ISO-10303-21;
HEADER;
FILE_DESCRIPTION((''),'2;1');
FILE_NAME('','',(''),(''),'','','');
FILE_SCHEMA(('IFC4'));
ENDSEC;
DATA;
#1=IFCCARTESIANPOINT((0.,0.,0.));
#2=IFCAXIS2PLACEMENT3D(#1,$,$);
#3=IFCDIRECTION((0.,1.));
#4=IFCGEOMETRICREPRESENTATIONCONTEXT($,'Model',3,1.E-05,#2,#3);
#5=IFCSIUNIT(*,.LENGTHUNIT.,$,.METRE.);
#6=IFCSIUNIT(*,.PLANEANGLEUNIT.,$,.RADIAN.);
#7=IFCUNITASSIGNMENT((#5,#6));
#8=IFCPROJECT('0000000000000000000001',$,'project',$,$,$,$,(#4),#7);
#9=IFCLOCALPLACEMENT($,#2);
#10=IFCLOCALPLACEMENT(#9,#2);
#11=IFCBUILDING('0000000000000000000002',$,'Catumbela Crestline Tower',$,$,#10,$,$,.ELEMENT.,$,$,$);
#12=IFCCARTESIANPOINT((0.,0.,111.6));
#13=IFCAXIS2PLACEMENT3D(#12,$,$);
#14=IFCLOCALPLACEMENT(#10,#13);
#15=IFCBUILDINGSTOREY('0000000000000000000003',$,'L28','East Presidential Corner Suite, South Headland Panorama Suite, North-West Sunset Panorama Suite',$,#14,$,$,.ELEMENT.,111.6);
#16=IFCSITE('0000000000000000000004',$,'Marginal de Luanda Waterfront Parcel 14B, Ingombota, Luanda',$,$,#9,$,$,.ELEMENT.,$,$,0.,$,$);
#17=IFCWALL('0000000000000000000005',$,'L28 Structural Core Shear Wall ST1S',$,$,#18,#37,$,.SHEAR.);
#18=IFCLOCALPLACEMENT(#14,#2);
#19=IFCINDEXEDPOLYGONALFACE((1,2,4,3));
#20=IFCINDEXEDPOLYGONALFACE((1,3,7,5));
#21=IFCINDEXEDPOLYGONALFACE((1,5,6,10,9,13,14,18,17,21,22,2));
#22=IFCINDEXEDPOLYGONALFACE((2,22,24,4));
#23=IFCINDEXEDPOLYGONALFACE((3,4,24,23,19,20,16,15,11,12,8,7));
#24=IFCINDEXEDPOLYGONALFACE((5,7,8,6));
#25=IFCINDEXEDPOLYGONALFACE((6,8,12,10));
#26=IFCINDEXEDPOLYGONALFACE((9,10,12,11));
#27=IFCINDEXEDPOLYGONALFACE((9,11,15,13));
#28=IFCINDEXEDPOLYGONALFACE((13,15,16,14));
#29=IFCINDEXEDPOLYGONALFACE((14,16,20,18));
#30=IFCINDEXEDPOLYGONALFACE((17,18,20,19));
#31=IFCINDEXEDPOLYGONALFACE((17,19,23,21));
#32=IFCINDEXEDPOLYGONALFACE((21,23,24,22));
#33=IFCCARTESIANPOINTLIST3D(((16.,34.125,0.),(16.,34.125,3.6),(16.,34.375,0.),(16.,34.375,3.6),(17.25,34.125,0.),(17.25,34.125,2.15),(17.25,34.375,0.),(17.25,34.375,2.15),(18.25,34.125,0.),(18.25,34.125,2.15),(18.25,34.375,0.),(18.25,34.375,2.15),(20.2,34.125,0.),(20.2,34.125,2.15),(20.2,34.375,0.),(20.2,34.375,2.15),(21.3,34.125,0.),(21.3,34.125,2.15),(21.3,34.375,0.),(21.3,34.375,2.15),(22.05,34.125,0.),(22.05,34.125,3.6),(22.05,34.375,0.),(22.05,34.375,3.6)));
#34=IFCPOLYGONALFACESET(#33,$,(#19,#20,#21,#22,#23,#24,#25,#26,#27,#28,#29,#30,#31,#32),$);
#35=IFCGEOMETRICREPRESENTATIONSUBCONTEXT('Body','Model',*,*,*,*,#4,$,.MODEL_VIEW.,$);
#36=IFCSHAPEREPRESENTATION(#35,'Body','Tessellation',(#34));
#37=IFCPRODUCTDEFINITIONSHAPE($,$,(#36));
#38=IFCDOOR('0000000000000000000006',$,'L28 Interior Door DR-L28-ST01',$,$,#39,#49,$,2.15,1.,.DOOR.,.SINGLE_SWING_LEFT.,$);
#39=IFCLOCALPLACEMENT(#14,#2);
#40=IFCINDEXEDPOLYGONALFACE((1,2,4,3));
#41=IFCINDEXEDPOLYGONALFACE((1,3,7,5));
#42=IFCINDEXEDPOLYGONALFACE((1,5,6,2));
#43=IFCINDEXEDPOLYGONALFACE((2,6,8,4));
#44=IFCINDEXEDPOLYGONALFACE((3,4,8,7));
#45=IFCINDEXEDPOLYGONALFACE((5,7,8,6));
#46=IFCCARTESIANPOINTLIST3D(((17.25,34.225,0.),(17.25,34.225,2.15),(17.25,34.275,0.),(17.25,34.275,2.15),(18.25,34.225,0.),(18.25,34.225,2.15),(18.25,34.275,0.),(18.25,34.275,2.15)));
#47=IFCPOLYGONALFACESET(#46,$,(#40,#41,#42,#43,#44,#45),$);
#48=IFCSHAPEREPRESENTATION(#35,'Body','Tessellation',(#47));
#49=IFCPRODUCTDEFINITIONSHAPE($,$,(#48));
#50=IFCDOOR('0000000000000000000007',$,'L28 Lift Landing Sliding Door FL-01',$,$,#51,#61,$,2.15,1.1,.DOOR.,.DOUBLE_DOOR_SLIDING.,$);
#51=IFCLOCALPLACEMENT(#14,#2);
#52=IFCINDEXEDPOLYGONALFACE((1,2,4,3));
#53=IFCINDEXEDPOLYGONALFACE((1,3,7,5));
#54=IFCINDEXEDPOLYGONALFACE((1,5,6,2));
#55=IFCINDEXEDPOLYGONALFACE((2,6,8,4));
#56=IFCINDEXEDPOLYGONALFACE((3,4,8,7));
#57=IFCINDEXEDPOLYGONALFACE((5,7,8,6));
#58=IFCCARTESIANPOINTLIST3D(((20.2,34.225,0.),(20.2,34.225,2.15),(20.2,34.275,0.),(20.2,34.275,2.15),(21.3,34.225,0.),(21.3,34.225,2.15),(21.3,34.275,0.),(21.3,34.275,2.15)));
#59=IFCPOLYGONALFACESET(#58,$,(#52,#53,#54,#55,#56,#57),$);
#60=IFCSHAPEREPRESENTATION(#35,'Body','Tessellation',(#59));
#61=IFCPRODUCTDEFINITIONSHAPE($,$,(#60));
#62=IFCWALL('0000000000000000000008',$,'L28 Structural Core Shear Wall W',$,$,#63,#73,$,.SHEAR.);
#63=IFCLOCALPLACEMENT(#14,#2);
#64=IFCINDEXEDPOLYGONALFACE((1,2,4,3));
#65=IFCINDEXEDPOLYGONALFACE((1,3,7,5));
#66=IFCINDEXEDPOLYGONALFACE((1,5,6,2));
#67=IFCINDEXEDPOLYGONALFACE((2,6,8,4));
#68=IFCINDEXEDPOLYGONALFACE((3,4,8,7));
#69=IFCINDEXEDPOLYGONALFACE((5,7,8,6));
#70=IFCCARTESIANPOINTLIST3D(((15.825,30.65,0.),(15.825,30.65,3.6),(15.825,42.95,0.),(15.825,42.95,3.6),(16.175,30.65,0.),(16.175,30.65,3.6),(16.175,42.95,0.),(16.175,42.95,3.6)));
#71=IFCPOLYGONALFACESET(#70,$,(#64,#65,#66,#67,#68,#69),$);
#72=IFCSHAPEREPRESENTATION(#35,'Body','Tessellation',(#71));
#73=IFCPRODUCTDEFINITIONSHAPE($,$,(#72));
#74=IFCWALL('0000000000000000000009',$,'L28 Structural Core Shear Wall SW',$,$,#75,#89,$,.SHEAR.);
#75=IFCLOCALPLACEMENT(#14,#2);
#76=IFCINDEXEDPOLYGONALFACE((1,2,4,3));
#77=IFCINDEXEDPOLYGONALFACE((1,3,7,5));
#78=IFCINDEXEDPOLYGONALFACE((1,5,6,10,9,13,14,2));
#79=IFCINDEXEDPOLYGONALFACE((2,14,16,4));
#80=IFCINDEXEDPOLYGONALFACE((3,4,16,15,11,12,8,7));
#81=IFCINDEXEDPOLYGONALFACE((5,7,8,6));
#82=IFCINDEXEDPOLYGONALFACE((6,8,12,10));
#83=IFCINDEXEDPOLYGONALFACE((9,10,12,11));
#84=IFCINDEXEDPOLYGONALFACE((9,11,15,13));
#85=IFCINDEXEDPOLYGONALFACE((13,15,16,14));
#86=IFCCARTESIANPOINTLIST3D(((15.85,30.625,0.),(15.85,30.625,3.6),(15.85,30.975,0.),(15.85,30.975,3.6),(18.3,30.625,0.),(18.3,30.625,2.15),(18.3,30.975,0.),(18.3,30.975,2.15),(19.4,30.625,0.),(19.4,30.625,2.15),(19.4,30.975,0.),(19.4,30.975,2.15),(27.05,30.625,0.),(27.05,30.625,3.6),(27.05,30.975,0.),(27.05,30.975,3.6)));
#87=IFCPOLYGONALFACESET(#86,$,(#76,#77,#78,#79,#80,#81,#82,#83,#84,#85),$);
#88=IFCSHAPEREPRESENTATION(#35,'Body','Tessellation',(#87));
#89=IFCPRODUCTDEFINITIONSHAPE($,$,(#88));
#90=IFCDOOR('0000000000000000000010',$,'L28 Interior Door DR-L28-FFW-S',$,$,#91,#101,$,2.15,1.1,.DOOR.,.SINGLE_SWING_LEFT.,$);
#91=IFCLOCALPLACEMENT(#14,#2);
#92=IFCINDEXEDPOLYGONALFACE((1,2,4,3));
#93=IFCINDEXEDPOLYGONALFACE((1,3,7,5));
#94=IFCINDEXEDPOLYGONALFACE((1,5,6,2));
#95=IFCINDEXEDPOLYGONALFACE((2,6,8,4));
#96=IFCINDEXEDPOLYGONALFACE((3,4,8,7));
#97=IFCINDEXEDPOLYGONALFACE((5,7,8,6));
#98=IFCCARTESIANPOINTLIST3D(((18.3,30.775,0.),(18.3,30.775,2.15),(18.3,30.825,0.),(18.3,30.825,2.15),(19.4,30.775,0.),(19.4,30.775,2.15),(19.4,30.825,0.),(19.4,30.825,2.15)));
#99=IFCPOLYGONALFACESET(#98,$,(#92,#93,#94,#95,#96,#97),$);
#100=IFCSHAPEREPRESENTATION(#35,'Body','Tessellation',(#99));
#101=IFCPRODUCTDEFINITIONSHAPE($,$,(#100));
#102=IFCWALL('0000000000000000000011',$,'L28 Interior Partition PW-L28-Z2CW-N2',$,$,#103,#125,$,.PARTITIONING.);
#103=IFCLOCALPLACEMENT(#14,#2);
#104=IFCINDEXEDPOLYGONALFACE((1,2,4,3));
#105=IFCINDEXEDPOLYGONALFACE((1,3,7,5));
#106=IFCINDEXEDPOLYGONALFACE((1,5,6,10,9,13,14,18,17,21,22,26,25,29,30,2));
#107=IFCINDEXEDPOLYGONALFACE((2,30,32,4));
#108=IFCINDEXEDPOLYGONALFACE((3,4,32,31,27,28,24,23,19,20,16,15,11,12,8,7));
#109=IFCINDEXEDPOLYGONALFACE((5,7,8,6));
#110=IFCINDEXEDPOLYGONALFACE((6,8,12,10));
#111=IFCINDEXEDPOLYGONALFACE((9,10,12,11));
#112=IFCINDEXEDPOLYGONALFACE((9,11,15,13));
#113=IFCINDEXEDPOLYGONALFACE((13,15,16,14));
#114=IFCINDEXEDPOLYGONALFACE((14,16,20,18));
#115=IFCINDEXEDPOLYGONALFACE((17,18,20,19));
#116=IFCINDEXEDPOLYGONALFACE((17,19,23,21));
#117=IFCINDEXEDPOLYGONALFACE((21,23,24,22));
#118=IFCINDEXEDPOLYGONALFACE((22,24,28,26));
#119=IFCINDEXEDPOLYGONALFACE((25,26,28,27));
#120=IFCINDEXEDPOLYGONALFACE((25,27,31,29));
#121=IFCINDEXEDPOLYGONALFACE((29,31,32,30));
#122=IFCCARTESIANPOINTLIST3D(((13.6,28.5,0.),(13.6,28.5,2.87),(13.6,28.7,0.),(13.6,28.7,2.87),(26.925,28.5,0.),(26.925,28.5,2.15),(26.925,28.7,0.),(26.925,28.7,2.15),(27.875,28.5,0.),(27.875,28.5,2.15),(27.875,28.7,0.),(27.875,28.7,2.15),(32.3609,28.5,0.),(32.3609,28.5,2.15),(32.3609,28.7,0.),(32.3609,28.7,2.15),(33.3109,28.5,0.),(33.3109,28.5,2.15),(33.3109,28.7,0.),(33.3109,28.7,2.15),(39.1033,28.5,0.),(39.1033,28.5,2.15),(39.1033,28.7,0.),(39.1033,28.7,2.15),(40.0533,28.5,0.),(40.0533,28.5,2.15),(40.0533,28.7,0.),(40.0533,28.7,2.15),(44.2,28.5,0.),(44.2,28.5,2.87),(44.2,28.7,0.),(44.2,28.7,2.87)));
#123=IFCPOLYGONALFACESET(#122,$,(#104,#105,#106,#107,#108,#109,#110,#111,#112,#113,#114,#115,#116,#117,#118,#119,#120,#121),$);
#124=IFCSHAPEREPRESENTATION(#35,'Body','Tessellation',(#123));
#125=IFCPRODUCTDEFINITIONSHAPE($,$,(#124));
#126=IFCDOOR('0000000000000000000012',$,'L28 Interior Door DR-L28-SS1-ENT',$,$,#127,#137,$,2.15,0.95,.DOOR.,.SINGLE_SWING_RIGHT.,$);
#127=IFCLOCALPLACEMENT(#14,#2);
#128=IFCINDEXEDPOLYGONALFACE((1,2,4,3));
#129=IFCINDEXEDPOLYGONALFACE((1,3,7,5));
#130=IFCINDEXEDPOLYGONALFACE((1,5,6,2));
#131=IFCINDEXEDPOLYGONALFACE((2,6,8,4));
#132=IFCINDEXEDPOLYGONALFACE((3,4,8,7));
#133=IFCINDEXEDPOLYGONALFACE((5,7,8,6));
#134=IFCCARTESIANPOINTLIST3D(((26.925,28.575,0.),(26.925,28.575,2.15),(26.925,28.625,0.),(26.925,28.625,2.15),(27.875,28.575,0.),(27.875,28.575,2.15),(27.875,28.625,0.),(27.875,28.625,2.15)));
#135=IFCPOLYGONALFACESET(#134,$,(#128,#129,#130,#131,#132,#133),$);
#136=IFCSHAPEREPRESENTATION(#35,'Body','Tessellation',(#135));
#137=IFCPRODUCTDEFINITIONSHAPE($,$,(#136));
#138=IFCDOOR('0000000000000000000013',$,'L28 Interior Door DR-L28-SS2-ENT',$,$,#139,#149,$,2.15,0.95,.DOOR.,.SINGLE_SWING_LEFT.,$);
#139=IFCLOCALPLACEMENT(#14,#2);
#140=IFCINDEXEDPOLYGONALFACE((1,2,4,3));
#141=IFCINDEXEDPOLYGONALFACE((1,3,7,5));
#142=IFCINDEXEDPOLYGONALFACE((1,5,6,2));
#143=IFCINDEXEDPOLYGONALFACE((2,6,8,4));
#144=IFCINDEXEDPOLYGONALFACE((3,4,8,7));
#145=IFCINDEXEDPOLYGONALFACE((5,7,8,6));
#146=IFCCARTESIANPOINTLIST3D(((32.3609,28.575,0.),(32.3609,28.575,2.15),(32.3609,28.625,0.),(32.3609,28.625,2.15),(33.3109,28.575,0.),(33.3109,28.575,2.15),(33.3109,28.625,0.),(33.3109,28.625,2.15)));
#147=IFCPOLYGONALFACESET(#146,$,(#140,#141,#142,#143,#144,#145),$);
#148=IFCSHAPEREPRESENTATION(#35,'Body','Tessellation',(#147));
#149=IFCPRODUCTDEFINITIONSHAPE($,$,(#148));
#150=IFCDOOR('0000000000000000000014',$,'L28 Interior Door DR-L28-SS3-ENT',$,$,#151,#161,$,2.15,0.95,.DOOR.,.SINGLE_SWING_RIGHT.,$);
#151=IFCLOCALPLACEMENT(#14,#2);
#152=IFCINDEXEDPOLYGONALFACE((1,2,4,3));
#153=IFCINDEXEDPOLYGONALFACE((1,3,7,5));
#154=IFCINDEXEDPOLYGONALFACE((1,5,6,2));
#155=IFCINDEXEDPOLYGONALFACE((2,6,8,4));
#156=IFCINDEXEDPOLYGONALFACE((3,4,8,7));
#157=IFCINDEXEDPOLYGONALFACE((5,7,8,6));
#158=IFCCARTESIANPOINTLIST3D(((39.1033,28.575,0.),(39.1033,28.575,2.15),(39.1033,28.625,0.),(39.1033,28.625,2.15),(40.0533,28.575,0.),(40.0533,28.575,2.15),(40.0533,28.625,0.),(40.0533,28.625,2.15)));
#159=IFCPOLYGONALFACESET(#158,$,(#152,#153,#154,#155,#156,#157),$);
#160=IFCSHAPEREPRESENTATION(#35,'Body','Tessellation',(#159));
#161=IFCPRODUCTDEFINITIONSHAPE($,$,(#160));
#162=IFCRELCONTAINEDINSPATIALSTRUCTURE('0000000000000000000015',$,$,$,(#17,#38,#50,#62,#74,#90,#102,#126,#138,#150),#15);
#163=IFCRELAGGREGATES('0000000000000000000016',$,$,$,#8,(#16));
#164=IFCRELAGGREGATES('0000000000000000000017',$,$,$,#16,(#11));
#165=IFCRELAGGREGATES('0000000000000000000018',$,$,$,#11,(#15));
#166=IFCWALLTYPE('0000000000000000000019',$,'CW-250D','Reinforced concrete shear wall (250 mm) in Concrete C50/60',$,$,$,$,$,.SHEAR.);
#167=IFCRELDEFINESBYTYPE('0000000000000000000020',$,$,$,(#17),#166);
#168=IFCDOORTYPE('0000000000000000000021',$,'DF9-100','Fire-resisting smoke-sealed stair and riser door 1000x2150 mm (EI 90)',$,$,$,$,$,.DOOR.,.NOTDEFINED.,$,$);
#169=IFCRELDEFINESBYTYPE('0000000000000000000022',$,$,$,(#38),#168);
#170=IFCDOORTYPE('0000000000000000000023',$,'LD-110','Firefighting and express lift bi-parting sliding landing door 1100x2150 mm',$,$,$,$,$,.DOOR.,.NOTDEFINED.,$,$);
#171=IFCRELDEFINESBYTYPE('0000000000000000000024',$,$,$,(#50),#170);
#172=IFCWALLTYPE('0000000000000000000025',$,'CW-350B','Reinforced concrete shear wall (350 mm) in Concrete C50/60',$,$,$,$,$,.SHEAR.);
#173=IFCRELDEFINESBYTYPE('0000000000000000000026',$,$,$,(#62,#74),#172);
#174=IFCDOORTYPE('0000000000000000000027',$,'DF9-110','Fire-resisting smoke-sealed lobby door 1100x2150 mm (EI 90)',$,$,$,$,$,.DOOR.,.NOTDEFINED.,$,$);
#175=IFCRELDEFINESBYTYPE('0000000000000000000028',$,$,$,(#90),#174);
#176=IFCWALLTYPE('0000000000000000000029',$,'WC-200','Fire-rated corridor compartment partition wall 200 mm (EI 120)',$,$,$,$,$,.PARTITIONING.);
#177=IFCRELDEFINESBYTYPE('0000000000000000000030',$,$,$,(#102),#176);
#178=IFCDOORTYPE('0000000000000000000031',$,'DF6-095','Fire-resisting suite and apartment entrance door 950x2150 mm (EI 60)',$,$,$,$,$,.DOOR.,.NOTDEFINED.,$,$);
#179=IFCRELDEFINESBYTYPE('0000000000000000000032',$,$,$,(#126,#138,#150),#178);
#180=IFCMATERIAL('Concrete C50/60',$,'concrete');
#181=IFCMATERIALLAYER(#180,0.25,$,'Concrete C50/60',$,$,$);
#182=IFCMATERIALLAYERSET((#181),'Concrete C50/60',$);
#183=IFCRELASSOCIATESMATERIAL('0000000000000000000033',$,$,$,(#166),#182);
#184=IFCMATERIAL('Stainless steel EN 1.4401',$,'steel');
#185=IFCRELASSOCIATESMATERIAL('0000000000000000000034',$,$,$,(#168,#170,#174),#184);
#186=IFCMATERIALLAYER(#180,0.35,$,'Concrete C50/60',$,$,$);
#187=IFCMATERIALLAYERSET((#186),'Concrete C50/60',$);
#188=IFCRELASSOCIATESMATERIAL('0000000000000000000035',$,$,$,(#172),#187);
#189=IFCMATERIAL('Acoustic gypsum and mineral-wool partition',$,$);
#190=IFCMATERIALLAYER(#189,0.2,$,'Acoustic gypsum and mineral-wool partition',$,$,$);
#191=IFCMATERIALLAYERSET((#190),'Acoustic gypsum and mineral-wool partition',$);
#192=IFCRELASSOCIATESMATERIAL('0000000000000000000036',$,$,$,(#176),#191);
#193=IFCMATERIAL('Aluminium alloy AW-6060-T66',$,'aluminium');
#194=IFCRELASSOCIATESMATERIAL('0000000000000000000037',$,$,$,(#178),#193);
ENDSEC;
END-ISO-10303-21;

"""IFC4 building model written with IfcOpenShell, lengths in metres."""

from ifc_helpers import new_model, si_unit, direction, frame, frame_2d, origin, place, context, subcontext, project, spatial, rectangle, extrude, material, layer, layer_set, type_object, element, fill, save


model = new_model("IFC4")

# Units and contexts
model_context = context("Model", 3, precision=1e-05, world=origin(), true_north=direction((0.0, 1.0)))
body_context = subcontext(model_context, "Body", "Model", "MODEL_VIEW")
ifc_project = project(units=[si_unit("LENGTHUNIT", "METRE"), si_unit("PLANEANGLEUNIT", "RADIAN")], contexts=[model_context])

# Site, building, storey
site_placement = place(None, origin())
site = spatial("IfcSite", under=ifc_project, at=site_placement, Name="Marginal de Luanda Waterfront Parcel 14B, Ingombota, Luanda", CompositionType="ELEMENT", RefElevation=0.0)
building_placement = place(site_placement, origin())
building = spatial("IfcBuilding", under=site, at=building_placement, Name="Catumbela Crestline Tower", CompositionType="ELEMENT")
storey_placement = place(building_placement, frame((0.0, 0.0, 111.6)))
storey = spatial("IfcBuildingStorey", under=building, at=storey_placement, Name="L28", Description="East Presidential Corner Suite, South Headland Panorama Suite, North-West Sunset Panorama Suite", CompositionType="ELEMENT", Elevation=111.6)

# Shared definitions
ifc_material_1 = material(Name="Concrete C50/60", Category="concrete")

# Wall, openings, doors
ifc_layer_1 = layer(ifc_material_1, 0.25, Name="Concrete C50/60")
ifc_layer_set_1 = layer_set([ifc_layer_1], Name="Concrete C50/60")
wall_type_1 = type_object("IfcWallType", Name="CW-250D", Description="Reinforced concrete shear wall (250 mm) in Concrete C50/60", PredefinedType="SHEAR", material=ifc_layer_set_1)
wall_1_placement = place(storey_placement, frame((16.0, 34.25, 0.0), z_axis=(0.0, 0.0, 1.0), x_axis=(1.0, 0.0, 0.0)))
wall_1 = element("IfcWall", 1, at=wall_1_placement, inside=storey, type_object=wall_type_1, Name="L28 Structural Core Shear Wall ST1S", PredefinedType="SHEAR", context=body_context, shape_type="SweptSolid", body=[
    extrude(rectangle(XDim=6.05, YDim=0.25, at=frame_2d((3.025, 0.0))), origin(), (0.0, 0.0, 1.0), 3.6),
])
opening_1_placement = place(wall_1_placement, frame((1.25, 0.0, 0.0)))
opening_1 = element("IfcOpeningElement", 2, at=opening_1_placement, cuts=wall_1, PredefinedType="OPENING", context=body_context, shape_type="SweptSolid", body=[
    extrude(rectangle(XDim=1.0, YDim=2.15, at=frame_2d((0.5, 1.075))), frame((0.0, 0.135, 0.0), z_axis=(0.0, -1.0, 0.0), x_axis=(1.0, 0.0, 0.0)), (0.0, 0.0, 1.0), 0.27),
])
opening_2_placement = place(wall_1_placement, frame((4.2, 0.0, 0.0)))
opening_2 = element("IfcOpeningElement", 3, at=opening_2_placement, cuts=wall_1, PredefinedType="OPENING", context=body_context, shape_type="SweptSolid", body=[
    extrude(rectangle(XDim=1.1, YDim=2.15, at=frame_2d((0.55, 1.075))), frame((0.0, 0.135, 0.0), z_axis=(0.0, -1.0, 0.0), x_axis=(1.0, 0.0, 0.0)), (0.0, 0.0, 1.0), 0.27),
])
ifc_material_2 = material(Name="Stainless steel EN 1.4401", Category="steel")
door_type_1 = type_object("IfcDoorType", Name="DF9-100", Description="Fire-resisting smoke-sealed stair and riser door 1000x2150 mm (EI 90)", OperationType="NOTDEFINED", PredefinedType="DOOR", material=ifc_material_2)
door_1_placement = place(opening_1_placement, origin())
door_1 = element("IfcDoor", 4, at=door_1_placement, inside=storey, type_object=door_type_1, Name="L28 Interior Door DR-L28-ST01", OperationType="SINGLE_SWING_LEFT", OverallHeight=2.15, OverallWidth=1.0, PredefinedType="DOOR", context=body_context, shape_type="SweptSolid", body=[
    extrude(rectangle(XDim=1.0, YDim=2.15, at=frame_2d((0.5, 1.075))), frame((0.0, 0.025, 0.0), z_axis=(0.0, -1.0, 0.0), x_axis=(1.0, 0.0, 0.0)), (0.0, 0.0, 1.0), 0.05),
])
fill(opening_1, door_1)
door_type_2 = type_object("IfcDoorType", Name="LD-110", Description="Firefighting and express lift bi-parting sliding landing door 1100x2150 mm", OperationType="NOTDEFINED", PredefinedType="DOOR", material=ifc_material_2)
door_2_placement = place(opening_2_placement, origin())
door_2 = element("IfcDoor", 5, at=door_2_placement, inside=storey, type_object=door_type_2, Name="L28 Lift Landing Sliding Door FL-01", OperationType="DOUBLE_DOOR_SLIDING", OverallHeight=2.15, OverallWidth=1.1, PredefinedType="DOOR", context=body_context, shape_type="SweptSolid", body=[
    extrude(rectangle(XDim=1.1, YDim=2.15, at=frame_2d((0.55, 1.075))), frame((0.0, 0.025, 0.0), z_axis=(0.0, -1.0, 0.0), x_axis=(1.0, 0.0, 0.0)), (0.0, 0.0, 1.0), 0.05),
])
fill(opening_2, door_2)

# Wall
ifc_layer_2 = layer(ifc_material_1, 0.35, Name="Concrete C50/60")
ifc_layer_set_2 = layer_set([ifc_layer_2], Name="Concrete C50/60")
wall_type_2 = type_object("IfcWallType", Name="CW-350B", Description="Reinforced concrete shear wall (350 mm) in Concrete C50/60", PredefinedType="SHEAR", material=ifc_layer_set_2)
wall_2_placement = place(storey_placement, frame((16.0, 30.65, 0.0), z_axis=(0.0, 0.0, 1.0), x_axis=(0.0, 1.0, 0.0)))
element("IfcWall", 6, at=wall_2_placement, inside=storey, type_object=wall_type_2, Name="L28 Structural Core Shear Wall W", PredefinedType="SHEAR", context=body_context, shape_type="SweptSolid", body=[
    extrude(rectangle(XDim=12.3, YDim=0.35, at=frame_2d((6.15, 0.0))), origin(), (0.0, 0.0, 1.0), 3.6),
])

# Wall, opening, door
wall_3_placement = place(storey_placement, frame((15.85, 30.8, 0.0), z_axis=(0.0, 0.0, 1.0), x_axis=(1.0, 0.0, 0.0)))
wall_3 = element("IfcWall", 7, at=wall_3_placement, inside=storey, type_object=wall_type_2, Name="L28 Structural Core Shear Wall SW", PredefinedType="SHEAR", context=body_context, shape_type="SweptSolid", body=[
    extrude(rectangle(XDim=11.2, YDim=0.35, at=frame_2d((5.6, 0.0))), origin(), (0.0, 0.0, 1.0), 3.6),
])
opening_3_placement = place(wall_3_placement, frame((2.45, 0.0, 0.0)))
opening_3 = element("IfcOpeningElement", 8, at=opening_3_placement, cuts=wall_3, PredefinedType="OPENING", context=body_context, shape_type="SweptSolid", body=[
    extrude(rectangle(XDim=1.1, YDim=2.15, at=frame_2d((0.55, 1.075))), frame((0.0, 0.185, 0.0), z_axis=(0.0, -1.0, 0.0), x_axis=(1.0, 0.0, 0.0)), (0.0, 0.0, 1.0), 0.37),
])
door_type_3 = type_object("IfcDoorType", Name="DF9-110", Description="Fire-resisting smoke-sealed lobby door 1100x2150 mm (EI 90)", OperationType="NOTDEFINED", PredefinedType="DOOR", material=ifc_material_2)
door_3_placement = place(opening_3_placement, origin())
door_3 = element("IfcDoor", 9, at=door_3_placement, inside=storey, type_object=door_type_3, Name="L28 Interior Door DR-L28-FFW-S", OperationType="SINGLE_SWING_LEFT", OverallHeight=2.15, OverallWidth=1.1, PredefinedType="DOOR", context=body_context, shape_type="SweptSolid", body=[
    extrude(rectangle(XDim=1.1, YDim=2.15, at=frame_2d((0.55, 1.075))), frame((0.0, 0.025, 0.0), z_axis=(0.0, -1.0, 0.0), x_axis=(1.0, 0.0, 0.0)), (0.0, 0.0, 1.0), 0.05),
])
fill(opening_3, door_3)

# Wall, openings, doors
ifc_material_3 = material(Name="Acoustic gypsum and mineral-wool partition")
ifc_layer_3 = layer(ifc_material_3, 0.2, Name="Acoustic gypsum and mineral-wool partition")
ifc_layer_set_3 = layer_set([ifc_layer_3], Name="Acoustic gypsum and mineral-wool partition")
wall_type_3 = type_object("IfcWallType", Name="WC-200", Description="Fire-rated corridor compartment partition wall 200 mm (EI 120)", PredefinedType="PARTITIONING", material=ifc_layer_set_3)
wall_4_placement = place(storey_placement, frame((13.6, 28.6, 0.0), z_axis=(0.0, 0.0, 1.0), x_axis=(1.0, 0.0, 0.0)))
wall_4 = element("IfcWall", 10, at=wall_4_placement, inside=storey, type_object=wall_type_3, Name="L28 Interior Partition PW-L28-Z2CW-N2", PredefinedType="PARTITIONING", context=body_context, shape_type="SweptSolid", body=[
    extrude(rectangle(XDim=30.6, YDim=0.2, at=frame_2d((15.3, 0.0))), origin(), (0.0, 0.0, 1.0), 2.87),
])
opening_4_placement = place(wall_4_placement, frame((13.325, 0.0, 0.0)))
opening_4 = element("IfcOpeningElement", 11, at=opening_4_placement, cuts=wall_4, PredefinedType="OPENING", context=body_context, shape_type="SweptSolid", body=[
    extrude(rectangle(XDim=0.95, YDim=2.15, at=frame_2d((0.475, 1.075))), frame((0.0, 0.11, 0.0), z_axis=(0.0, -1.0, 0.0), x_axis=(1.0, 0.0, 0.0)), (0.0, 0.0, 1.0), 0.22),
])
opening_5_placement = place(wall_4_placement, frame((18.7609, 0.0, 0.0)))
opening_5 = element("IfcOpeningElement", 12, at=opening_5_placement, cuts=wall_4, PredefinedType="OPENING", context=body_context, shape_type="SweptSolid", body=[
    extrude(rectangle(XDim=0.95, YDim=2.15, at=frame_2d((0.475, 1.075))), frame((0.0, 0.11, 0.0), z_axis=(0.0, -1.0, 0.0), x_axis=(1.0, 0.0, 0.0)), (0.0, 0.0, 1.0), 0.22),
])
opening_6_placement = place(wall_4_placement, frame((25.5033, 0.0, 0.0)))
opening_6 = element("IfcOpeningElement", 13, at=opening_6_placement, cuts=wall_4, PredefinedType="OPENING", context=body_context, shape_type="SweptSolid", body=[
    extrude(rectangle(XDim=0.95, YDim=2.15, at=frame_2d((0.475, 1.075))), frame((0.0, 0.11, 0.0), z_axis=(0.0, -1.0, 0.0), x_axis=(1.0, 0.0, 0.0)), (0.0, 0.0, 1.0), 0.22),
])
ifc_material_4 = material(Name="Aluminium alloy AW-6060-T66", Category="aluminium")
door_type_4 = type_object("IfcDoorType", Name="DF6-095", Description="Fire-resisting suite and apartment entrance door 950x2150 mm (EI 60)", OperationType="NOTDEFINED", PredefinedType="DOOR", material=ifc_material_4)
door_4_placement = place(opening_4_placement, origin())
door_4 = element("IfcDoor", 14, at=door_4_placement, inside=storey, type_object=door_type_4, Name="L28 Interior Door DR-L28-SS1-ENT", OperationType="SINGLE_SWING_RIGHT", OverallHeight=2.15, OverallWidth=0.95, PredefinedType="DOOR", context=body_context, shape_type="SweptSolid", body=[
    extrude(rectangle(XDim=0.95, YDim=2.15, at=frame_2d((0.475, 1.075))), frame((0.0, 0.025, 0.0), z_axis=(0.0, -1.0, 0.0), x_axis=(1.0, 0.0, 0.0)), (0.0, 0.0, 1.0), 0.05),
])
fill(opening_4, door_4)
door_5_placement = place(opening_5_placement, origin())
door_5 = element("IfcDoor", 15, at=door_5_placement, inside=storey, type_object=door_type_4, Name="L28 Interior Door DR-L28-SS2-ENT", OperationType="SINGLE_SWING_LEFT", OverallHeight=2.15, OverallWidth=0.95, PredefinedType="DOOR", context=body_context, shape_type="SweptSolid", body=[
    extrude(rectangle(XDim=0.95, YDim=2.15, at=frame_2d((0.475, 1.075))), frame((0.0, 0.025, 0.0), z_axis=(0.0, -1.0, 0.0), x_axis=(1.0, 0.0, 0.0)), (0.0, 0.0, 1.0), 0.05),
])
fill(opening_5, door_5)
door_6_placement = place(opening_6_placement, origin())
door_6 = element("IfcDoor", 16, at=door_6_placement, inside=storey, type_object=door_type_4, Name="L28 Interior Door DR-L28-SS3-ENT", OperationType="SINGLE_SWING_RIGHT", OverallHeight=2.15, OverallWidth=0.95, PredefinedType="DOOR", context=body_context, shape_type="SweptSolid", body=[
    extrude(rectangle(XDim=0.95, YDim=2.15, at=frame_2d((0.475, 1.075))), frame((0.0, 0.025, 0.0), z_axis=(0.0, -1.0, 0.0), x_axis=(1.0, 0.0, 0.0)), (0.0, 0.0, 1.0), 0.05),
])
fill(opening_6, door_6)

save(model, "model.ifc")
